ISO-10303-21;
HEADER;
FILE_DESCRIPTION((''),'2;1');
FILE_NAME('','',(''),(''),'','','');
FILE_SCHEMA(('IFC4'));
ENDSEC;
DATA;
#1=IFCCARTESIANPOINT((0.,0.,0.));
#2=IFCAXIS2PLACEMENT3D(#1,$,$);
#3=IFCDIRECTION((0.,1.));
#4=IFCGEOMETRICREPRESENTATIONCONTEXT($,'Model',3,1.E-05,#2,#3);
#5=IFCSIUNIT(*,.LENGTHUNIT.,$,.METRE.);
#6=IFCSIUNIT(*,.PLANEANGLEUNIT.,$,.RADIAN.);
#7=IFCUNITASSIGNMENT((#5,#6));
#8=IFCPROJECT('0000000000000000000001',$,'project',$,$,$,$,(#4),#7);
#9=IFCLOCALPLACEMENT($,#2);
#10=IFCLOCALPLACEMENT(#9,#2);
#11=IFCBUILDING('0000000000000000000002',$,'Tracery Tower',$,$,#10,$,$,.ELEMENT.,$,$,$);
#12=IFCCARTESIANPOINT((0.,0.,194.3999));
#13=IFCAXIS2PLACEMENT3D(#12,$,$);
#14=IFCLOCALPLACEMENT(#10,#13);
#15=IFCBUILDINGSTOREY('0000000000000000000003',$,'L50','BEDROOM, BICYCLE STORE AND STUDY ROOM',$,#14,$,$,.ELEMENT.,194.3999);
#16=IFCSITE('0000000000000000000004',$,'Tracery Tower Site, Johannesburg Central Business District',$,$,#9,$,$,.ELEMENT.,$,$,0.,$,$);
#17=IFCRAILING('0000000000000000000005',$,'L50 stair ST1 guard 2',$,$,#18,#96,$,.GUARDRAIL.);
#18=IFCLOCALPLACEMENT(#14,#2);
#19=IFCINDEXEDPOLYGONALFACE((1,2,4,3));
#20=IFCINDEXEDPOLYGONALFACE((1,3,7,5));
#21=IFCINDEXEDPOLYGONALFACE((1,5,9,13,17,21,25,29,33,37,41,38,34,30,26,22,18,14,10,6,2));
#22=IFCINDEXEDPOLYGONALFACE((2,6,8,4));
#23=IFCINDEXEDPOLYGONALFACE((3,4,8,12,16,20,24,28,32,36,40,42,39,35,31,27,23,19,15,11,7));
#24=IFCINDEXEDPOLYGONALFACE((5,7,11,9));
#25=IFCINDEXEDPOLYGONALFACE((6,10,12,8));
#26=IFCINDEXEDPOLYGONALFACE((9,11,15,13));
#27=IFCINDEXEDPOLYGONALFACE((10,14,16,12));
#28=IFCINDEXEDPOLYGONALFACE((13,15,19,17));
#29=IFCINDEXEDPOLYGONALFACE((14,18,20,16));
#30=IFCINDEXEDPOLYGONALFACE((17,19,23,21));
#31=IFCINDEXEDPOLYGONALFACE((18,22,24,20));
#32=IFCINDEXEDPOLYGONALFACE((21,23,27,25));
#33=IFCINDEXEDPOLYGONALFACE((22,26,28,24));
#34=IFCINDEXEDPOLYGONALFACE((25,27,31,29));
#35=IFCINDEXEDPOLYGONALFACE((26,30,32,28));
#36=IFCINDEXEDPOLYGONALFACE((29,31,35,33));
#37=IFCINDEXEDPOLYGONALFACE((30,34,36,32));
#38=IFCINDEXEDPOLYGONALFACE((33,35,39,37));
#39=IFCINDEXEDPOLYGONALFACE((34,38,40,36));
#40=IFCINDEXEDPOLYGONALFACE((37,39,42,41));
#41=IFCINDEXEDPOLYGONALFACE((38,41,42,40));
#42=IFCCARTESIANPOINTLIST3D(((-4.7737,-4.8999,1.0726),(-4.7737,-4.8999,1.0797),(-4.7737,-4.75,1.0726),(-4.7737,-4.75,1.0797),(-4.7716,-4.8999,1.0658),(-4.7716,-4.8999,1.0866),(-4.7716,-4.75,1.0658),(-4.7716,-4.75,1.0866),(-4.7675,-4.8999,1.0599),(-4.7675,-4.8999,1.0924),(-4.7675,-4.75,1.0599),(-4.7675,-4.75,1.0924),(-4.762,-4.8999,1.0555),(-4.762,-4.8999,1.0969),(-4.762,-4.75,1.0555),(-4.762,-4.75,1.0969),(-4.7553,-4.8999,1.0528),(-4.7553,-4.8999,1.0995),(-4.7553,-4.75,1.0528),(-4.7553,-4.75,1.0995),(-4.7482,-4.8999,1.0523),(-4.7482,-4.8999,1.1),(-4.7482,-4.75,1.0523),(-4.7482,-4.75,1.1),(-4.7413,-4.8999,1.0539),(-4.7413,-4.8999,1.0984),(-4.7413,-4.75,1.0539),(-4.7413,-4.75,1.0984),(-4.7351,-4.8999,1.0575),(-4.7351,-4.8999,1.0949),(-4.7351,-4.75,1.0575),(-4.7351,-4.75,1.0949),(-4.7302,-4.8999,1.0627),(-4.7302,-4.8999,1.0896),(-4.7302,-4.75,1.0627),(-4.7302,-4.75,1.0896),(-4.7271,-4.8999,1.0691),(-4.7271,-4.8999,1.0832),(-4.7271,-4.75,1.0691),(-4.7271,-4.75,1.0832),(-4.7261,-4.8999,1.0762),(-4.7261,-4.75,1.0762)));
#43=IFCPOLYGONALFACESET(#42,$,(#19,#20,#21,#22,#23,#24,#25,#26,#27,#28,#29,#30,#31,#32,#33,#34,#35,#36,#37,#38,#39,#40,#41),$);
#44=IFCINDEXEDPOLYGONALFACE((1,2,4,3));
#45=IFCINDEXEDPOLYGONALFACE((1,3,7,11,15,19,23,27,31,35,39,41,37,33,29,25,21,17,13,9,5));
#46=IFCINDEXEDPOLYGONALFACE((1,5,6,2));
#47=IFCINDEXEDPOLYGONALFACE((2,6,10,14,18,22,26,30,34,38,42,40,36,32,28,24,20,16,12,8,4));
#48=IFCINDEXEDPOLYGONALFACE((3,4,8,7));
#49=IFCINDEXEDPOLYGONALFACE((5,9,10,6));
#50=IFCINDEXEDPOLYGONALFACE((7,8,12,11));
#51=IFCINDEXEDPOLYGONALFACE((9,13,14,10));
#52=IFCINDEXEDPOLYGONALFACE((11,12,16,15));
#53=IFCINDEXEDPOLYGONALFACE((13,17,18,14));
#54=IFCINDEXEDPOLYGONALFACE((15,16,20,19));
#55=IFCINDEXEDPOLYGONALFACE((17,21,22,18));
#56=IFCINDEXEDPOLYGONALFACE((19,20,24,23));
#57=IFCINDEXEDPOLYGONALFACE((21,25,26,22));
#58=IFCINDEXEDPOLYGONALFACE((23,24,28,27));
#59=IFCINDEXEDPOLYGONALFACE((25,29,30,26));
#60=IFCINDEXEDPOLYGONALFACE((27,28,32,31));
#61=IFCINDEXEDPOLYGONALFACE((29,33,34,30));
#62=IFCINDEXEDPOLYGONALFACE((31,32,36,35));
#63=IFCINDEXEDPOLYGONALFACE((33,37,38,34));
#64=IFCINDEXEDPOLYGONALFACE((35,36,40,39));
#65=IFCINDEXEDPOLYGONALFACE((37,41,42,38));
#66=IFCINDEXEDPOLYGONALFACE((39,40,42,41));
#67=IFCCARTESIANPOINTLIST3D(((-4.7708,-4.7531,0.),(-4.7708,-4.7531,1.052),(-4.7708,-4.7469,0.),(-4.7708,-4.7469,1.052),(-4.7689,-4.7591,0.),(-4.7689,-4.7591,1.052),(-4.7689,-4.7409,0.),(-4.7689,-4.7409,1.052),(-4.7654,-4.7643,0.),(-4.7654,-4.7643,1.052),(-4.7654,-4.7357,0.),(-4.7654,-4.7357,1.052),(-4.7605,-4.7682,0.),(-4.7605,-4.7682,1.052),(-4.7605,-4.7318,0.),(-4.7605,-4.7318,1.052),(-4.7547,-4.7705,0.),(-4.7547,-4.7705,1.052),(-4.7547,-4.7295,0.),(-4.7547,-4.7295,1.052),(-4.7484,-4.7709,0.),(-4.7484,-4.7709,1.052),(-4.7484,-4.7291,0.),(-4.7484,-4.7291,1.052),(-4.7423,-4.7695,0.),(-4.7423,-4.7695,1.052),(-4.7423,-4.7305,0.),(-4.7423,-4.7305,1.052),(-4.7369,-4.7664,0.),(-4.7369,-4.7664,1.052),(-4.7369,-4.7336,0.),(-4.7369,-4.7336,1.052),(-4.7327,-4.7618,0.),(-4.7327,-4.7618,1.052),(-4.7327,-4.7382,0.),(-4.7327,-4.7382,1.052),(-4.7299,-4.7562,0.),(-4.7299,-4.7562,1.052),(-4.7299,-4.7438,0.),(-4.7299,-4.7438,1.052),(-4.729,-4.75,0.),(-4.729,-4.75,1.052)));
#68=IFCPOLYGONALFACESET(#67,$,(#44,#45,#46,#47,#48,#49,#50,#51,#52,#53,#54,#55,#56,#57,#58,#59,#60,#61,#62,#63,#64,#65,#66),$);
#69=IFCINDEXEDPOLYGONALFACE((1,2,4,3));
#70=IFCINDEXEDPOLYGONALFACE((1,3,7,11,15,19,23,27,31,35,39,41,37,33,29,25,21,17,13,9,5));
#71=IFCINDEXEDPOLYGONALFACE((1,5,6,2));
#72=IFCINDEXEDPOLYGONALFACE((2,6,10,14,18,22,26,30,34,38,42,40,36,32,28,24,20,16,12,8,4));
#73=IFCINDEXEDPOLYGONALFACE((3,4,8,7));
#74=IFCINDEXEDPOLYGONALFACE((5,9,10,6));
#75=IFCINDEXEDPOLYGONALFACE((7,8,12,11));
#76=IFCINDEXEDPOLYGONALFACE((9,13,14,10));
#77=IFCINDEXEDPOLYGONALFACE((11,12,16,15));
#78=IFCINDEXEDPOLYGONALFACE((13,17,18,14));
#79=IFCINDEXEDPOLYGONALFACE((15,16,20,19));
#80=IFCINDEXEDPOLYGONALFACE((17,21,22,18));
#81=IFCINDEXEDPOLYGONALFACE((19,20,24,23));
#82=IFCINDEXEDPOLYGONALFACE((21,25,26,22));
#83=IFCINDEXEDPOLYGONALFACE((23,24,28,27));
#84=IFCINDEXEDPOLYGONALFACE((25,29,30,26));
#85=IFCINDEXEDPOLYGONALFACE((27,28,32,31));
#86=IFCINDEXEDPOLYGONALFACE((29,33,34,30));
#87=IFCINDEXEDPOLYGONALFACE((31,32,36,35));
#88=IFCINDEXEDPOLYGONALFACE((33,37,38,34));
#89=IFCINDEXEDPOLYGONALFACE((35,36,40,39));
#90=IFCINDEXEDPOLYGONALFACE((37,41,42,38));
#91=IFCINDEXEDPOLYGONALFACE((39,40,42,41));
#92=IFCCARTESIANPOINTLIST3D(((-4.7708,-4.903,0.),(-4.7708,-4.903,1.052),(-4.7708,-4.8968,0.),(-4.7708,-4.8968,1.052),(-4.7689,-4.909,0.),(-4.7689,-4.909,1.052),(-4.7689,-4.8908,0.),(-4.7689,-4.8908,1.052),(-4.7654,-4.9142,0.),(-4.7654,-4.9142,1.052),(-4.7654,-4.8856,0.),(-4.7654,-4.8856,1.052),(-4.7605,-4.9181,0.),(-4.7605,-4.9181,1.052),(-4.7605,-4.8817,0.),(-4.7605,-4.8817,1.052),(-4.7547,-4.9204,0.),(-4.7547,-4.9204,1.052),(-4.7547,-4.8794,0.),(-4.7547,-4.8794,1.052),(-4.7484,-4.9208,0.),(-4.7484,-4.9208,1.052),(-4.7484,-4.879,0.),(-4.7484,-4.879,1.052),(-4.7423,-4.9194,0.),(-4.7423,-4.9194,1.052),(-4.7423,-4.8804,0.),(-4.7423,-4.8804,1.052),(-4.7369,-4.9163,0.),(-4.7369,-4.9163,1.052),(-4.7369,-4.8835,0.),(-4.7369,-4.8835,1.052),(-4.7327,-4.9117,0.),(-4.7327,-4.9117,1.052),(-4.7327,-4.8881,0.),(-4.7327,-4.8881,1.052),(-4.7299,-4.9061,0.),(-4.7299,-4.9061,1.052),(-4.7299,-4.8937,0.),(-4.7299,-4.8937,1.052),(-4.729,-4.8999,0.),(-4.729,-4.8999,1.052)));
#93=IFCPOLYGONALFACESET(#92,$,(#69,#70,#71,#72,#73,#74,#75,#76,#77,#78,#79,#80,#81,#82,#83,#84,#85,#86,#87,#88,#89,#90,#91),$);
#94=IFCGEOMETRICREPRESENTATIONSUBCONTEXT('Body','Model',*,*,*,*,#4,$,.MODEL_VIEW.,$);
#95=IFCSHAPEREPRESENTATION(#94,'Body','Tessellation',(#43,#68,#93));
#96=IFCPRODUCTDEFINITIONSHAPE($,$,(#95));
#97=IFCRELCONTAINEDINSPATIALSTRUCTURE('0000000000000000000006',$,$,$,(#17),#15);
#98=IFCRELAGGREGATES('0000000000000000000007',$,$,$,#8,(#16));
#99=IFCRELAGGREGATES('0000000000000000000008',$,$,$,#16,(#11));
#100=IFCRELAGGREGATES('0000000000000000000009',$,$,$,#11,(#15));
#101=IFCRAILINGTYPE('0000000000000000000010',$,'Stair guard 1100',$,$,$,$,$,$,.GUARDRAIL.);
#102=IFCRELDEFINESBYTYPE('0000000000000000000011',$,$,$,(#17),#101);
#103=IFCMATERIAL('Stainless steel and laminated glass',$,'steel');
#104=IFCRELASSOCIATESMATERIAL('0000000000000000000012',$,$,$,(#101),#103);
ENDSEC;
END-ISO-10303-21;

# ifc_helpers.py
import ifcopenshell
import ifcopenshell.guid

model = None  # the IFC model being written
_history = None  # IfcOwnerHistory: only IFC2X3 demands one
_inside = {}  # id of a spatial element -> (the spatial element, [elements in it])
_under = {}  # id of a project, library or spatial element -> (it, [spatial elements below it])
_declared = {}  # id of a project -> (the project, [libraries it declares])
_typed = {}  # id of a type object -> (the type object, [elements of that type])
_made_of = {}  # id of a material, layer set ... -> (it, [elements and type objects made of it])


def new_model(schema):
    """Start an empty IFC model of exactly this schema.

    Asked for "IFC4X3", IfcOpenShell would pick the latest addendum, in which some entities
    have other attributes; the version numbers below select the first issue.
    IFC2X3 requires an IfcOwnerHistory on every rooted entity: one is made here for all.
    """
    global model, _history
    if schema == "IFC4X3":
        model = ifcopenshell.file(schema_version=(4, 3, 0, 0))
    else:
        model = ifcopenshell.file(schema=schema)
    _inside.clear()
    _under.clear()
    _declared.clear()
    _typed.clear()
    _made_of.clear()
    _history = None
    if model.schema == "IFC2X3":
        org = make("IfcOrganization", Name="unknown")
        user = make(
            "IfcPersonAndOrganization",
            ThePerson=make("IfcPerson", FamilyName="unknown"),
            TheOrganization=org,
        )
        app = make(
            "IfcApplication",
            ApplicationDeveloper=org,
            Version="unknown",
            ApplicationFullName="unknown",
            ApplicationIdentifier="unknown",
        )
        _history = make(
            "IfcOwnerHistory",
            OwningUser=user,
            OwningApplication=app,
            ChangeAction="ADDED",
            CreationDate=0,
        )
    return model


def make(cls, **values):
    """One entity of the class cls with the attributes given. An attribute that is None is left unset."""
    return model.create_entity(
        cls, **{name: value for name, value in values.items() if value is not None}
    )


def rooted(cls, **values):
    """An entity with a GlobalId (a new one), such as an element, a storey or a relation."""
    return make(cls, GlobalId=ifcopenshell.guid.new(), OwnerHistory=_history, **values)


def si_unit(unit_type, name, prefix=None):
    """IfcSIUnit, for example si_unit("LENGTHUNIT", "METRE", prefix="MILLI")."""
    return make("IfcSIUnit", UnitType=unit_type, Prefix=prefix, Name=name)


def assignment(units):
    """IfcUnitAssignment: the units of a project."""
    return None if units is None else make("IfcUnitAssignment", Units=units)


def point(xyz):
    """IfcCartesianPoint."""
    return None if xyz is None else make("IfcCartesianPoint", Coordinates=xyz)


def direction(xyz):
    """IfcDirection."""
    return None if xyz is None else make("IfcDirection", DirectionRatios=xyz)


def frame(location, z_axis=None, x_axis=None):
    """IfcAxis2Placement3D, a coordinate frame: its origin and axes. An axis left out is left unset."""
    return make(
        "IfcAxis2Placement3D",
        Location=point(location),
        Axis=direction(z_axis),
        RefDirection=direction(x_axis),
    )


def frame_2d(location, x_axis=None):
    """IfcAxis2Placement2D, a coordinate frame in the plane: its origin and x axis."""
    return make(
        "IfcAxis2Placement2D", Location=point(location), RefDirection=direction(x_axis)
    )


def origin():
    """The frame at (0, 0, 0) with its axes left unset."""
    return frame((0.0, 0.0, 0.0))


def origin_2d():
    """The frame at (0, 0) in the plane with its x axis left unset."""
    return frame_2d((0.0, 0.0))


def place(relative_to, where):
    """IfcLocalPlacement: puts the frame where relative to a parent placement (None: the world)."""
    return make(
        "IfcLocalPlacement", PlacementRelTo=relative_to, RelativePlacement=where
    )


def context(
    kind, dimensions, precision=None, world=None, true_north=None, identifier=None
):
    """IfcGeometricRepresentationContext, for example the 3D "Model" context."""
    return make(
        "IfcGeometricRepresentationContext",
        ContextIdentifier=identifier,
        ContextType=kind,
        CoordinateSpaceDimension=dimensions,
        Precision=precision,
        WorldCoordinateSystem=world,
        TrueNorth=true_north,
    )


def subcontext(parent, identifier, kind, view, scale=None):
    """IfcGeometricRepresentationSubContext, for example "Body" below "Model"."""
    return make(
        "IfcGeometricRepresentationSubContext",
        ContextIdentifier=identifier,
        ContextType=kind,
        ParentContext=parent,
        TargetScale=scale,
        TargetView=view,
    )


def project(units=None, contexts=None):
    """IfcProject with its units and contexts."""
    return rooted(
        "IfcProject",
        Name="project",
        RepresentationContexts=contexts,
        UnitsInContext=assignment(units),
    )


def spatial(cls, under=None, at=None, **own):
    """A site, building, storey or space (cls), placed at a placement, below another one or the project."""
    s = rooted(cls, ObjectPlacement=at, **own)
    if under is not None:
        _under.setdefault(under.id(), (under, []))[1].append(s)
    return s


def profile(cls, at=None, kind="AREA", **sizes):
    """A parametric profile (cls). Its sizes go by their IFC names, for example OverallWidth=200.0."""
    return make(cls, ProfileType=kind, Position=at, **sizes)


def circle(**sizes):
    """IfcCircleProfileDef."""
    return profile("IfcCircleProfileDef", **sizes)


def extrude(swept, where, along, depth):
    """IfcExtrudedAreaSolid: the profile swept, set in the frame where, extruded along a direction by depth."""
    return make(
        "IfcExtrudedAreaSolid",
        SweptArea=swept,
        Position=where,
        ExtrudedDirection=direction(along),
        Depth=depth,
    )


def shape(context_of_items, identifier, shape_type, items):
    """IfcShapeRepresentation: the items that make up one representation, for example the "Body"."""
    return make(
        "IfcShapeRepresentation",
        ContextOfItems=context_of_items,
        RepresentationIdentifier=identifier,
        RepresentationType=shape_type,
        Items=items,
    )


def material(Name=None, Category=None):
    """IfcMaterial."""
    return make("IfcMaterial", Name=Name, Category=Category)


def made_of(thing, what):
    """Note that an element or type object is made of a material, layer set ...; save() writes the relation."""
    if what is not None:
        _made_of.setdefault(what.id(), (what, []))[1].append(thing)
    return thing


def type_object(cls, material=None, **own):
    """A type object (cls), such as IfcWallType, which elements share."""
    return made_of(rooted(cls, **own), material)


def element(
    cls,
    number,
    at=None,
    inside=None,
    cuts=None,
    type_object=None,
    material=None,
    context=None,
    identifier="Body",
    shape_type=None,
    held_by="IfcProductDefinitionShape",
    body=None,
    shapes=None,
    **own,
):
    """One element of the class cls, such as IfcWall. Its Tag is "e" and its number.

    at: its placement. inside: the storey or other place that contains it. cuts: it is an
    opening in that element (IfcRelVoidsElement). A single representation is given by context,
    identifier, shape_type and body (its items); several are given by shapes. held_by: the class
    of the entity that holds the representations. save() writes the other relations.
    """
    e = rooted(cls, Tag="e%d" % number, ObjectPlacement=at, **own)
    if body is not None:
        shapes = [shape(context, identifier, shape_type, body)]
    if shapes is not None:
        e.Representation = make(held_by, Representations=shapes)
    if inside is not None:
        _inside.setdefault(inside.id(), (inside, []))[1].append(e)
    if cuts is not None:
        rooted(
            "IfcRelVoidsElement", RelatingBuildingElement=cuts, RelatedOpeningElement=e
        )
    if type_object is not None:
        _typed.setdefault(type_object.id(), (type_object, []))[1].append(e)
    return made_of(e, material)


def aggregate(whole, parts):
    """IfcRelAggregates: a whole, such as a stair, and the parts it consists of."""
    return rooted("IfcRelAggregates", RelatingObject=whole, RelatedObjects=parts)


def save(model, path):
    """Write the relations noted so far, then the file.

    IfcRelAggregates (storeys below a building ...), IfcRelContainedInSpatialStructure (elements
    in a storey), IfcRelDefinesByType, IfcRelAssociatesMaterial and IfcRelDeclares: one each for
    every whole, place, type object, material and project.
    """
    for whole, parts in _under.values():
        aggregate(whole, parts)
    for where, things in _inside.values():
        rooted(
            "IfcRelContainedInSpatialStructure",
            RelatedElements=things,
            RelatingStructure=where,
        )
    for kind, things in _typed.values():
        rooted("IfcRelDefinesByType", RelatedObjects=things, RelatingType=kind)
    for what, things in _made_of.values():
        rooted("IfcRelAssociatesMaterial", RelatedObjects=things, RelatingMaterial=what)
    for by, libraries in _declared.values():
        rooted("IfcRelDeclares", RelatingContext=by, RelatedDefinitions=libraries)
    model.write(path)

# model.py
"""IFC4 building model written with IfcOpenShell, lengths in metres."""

from ifc_helpers import new_model, si_unit, direction, frame, origin, origin_2d, place, context, subcontext, project, spatial, circle, extrude, material, type_object, element, save


model = new_model("IFC4")

# Units and contexts
model_context = context("Model", 3, precision=1e-05, world=origin(), true_north=direction((0.0, 1.0)))
body_context = subcontext(model_context, "Body", "Model", "MODEL_VIEW")
ifc_project = project(units=[si_unit("LENGTHUNIT", "METRE"), si_unit("PLANEANGLEUNIT", "RADIAN")], contexts=[model_context])

# Site, building, storey
site_placement = place(None, origin())
site = spatial("IfcSite", under=ifc_project, at=site_placement, Name="Tracery Tower Site, Johannesburg Central Business District", CompositionType="ELEMENT", RefElevation=0.0)
building_placement = place(site_placement, origin())
building = spatial("IfcBuilding", under=site, at=building_placement, Name="Tracery Tower", CompositionType="ELEMENT")
storey_placement = place(building_placement, frame((0.0, 0.0, 194.3999)))
storey = spatial("IfcBuildingStorey", under=building, at=storey_placement, Name="L50", Description="BEDROOM, BICYCLE STORE AND STUDY ROOM", CompositionType="ELEMENT", Elevation=194.3999)

# Railing
ifc_material_1 = material(Name="Stainless steel and laminated glass", Category="steel")
railing_type_1 = type_object("IfcRailingType", Name="Stair guard 1100", PredefinedType="GUARDRAIL", material=ifc_material_1)
railing_1_placement = place(storey_placement, frame((-4.75, -4.75, 0.0)))
element("IfcRailing", 1, at=railing_1_placement, inside=storey, type_object=railing_type_1, Name="L50 stair ST1 guard 2", PredefinedType="GUARDRAIL", context=body_context, shape_type="SweptSolid", body=[
    extrude(circle(Radius=0.0239, at=origin_2d()), frame((0.0, 0.0, 1.0762), z_axis=(0.0, -1.0, 0.0), x_axis=(1.0, 0.0, 0.0)), (0.0, 0.0, 1.0), 0.1499),
    extrude(circle(Radius=0.021, at=origin_2d()), origin(), (0.0, 0.0, 1.0), 1.052),
    extrude(circle(Radius=0.021, at=origin_2d()), frame((0.0, -0.1499, 0.0)), (0.0, 0.0, 1.0), 1.052),
])

save(model, "model.ifc")
